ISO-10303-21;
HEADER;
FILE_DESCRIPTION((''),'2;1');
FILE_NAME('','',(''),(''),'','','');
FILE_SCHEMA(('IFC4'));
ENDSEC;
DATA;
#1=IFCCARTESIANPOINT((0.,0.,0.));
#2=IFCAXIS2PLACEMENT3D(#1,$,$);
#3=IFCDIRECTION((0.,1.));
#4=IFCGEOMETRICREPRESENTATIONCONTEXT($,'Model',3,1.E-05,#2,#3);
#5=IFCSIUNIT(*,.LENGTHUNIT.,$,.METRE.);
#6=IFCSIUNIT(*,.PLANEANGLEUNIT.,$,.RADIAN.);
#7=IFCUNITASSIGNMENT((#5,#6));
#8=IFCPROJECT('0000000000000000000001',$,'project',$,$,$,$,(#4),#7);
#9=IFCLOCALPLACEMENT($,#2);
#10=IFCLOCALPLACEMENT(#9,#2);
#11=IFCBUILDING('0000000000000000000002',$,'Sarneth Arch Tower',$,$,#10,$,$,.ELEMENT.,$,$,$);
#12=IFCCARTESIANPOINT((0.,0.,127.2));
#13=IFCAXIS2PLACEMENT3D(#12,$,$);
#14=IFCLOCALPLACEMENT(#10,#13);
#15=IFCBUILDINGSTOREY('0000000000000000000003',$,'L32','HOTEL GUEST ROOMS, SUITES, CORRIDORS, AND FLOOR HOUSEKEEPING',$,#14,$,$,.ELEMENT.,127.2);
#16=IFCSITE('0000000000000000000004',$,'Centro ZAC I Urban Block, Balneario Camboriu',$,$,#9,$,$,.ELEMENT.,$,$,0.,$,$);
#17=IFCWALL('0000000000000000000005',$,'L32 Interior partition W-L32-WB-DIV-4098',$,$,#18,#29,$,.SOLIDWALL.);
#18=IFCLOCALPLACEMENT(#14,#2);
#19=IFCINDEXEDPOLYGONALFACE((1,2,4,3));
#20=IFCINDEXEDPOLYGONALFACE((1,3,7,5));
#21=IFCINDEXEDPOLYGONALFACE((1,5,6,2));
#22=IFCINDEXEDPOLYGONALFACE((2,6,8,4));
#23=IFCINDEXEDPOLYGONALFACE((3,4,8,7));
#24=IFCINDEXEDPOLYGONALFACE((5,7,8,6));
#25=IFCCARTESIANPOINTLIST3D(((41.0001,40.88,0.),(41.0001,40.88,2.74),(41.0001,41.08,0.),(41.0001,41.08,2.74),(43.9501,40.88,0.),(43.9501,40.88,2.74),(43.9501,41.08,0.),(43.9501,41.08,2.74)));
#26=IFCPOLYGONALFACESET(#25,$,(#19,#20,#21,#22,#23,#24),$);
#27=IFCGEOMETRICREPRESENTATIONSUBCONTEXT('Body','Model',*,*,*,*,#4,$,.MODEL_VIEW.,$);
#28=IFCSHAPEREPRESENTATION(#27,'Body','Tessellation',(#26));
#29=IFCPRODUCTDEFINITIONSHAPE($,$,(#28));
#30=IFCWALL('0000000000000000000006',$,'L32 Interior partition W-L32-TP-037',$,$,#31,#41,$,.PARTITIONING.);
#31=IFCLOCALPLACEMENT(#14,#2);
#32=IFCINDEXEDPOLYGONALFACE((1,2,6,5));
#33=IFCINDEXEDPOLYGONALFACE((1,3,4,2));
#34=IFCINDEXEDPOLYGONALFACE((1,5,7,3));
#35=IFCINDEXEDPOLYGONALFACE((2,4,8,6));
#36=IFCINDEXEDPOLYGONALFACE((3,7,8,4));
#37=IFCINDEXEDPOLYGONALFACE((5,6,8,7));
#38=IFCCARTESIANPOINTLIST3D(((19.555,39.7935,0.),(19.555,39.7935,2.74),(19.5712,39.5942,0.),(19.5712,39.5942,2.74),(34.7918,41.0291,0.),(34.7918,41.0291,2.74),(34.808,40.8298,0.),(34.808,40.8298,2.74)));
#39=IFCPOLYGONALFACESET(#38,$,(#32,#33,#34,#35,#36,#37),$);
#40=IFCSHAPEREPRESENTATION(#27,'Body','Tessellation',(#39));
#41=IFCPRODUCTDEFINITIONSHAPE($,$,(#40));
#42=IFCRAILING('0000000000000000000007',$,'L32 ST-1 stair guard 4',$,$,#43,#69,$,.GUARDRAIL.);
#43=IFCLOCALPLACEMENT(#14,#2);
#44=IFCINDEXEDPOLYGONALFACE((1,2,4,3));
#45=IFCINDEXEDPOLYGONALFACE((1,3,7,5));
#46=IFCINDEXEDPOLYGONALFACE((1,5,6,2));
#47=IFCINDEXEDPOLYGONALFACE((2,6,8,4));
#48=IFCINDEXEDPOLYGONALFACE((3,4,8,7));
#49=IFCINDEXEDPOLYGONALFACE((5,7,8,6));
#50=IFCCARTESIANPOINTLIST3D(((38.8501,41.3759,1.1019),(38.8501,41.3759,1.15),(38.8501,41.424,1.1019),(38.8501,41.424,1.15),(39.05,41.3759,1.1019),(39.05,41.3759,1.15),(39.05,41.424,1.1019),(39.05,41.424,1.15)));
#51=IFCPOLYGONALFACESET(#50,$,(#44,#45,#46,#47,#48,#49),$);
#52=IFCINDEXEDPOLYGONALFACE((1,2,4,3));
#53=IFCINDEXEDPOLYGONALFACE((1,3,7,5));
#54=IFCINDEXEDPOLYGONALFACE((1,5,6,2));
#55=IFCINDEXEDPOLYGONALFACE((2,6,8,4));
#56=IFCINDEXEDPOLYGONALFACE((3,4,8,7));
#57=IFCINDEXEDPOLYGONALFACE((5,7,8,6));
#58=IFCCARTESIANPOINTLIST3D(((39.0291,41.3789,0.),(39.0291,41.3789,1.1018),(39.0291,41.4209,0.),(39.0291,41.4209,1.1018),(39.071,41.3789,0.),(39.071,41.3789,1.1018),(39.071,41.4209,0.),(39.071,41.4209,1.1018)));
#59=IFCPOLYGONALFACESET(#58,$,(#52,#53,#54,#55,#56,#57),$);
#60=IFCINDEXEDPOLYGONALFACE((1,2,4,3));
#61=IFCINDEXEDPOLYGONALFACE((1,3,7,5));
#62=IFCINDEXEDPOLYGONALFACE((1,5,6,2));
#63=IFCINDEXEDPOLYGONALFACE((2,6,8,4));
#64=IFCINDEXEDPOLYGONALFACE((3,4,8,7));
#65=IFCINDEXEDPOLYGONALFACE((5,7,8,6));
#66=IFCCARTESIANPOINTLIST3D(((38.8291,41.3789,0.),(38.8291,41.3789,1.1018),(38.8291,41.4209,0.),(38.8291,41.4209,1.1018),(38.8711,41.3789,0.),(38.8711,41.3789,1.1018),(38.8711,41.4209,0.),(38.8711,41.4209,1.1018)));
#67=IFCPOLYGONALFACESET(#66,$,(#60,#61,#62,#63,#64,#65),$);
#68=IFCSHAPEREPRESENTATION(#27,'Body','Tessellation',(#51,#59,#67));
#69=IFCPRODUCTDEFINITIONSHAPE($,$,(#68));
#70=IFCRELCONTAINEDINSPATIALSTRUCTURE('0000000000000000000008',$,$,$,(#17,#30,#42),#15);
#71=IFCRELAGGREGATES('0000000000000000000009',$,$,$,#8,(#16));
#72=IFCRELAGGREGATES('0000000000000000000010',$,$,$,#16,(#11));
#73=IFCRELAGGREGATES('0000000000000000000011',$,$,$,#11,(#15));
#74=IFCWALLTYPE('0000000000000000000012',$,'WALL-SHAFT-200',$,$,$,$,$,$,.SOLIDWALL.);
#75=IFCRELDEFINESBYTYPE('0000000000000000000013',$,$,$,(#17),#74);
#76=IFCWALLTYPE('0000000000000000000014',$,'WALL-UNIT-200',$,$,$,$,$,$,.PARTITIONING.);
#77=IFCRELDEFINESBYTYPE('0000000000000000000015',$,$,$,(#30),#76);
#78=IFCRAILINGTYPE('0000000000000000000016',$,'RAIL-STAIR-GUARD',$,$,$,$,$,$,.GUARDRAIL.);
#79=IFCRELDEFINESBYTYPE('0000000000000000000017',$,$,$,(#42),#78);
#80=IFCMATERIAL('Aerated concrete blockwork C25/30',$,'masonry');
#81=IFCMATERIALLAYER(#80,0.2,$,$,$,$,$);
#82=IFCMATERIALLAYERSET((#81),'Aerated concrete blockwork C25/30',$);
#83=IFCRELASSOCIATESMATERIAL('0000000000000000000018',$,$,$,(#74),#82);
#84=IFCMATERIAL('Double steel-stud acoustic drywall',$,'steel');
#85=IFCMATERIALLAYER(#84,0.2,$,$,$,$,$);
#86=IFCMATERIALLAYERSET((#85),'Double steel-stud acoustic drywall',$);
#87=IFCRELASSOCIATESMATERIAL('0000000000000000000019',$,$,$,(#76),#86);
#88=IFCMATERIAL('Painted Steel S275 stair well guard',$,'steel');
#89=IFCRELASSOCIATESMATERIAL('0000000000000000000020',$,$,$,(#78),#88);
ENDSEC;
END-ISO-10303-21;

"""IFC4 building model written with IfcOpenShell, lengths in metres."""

from ifc_helpers import new_model, si_unit, direction, frame, frame_2d, origin, origin_2d, place, context, subcontext, project, spatial, rectangle, extrude, material, layer, layer_set, type_object, element, save


model = new_model("IFC4")

# Units and contexts
model_context = context("Model", 3, precision=1e-05, world=origin(), true_north=direction((0.0, 1.0)))
body_context = subcontext(model_context, "Body", "Model", "MODEL_VIEW")
ifc_project = project(units=[si_unit("LENGTHUNIT", "METRE"), si_unit("PLANEANGLEUNIT", "RADIAN")], contexts=[model_context])

# Site, building, storey
site_placement = place(None, origin())
site = spatial("IfcSite", under=ifc_project, at=site_placement, Name="Centro ZAC I Urban Block, Balneario Camboriu", CompositionType="ELEMENT", RefElevation=0.0)
building_placement = place(site_placement, origin())
building = spatial("IfcBuilding", under=site, at=building_placement, Name="Sarneth Arch Tower", CompositionType="ELEMENT")
storey_placement = place(building_placement, frame((0.0, 0.0, 127.2)))
storey = spatial("IfcBuildingStorey", under=building, at=storey_placement, Name="L32", Description="HOTEL GUEST ROOMS, SUITES, CORRIDORS, AND FLOOR HOUSEKEEPING", CompositionType="ELEMENT", Elevation=127.2)

# Shared definitions
ifc_material_1 = material(Name="Aerated concrete blockwork C25/30", Category="masonry")
ifc_layer_1 = layer(ifc_material_1, 0.2)
ifc_layer_set_1 = layer_set([ifc_layer_1], Name="Aerated concrete blockwork C25/30")
wall_type_1 = type_object("IfcWallType", Name="WALL-SHAFT-200", PredefinedType="SOLIDWALL", material=ifc_layer_set_1)

# Walls
wall_1_placement = place(storey_placement, frame((41.0, 40.98, 0.0), z_axis=(0.0, 0.0, 1.0), x_axis=(1.0, 0.0, 0.0)))
element("IfcWall", 1, at=wall_1_placement, inside=storey, type_object=wall_type_1, Name="L32 Interior partition W-L32-WB-DIV-4098", PredefinedType="SOLIDWALL", context=body_context, shape_type="SweptSolid", body=[
    extrude(rectangle(XDim=2.95, YDim=0.2, at=frame_2d((1.4751, 0.0))), origin(), (0.0, 0.0, 1.0), 2.74),
])
ifc_material_2 = material(Name="Double steel-stud acoustic drywall", Category="steel")
ifc_layer_2 = layer(ifc_material_2, 0.2)
ifc_layer_set_2 = layer_set([ifc_layer_2], Name="Double steel-stud acoustic drywall")
wall_type_2 = type_object("IfcWallType", Name="WALL-UNIT-200", PredefinedType="PARTITIONING", material=ifc_layer_set_2)
wall_2_placement = place(storey_placement, frame((34.8, 40.9294, 0.0), z_axis=(0.0, 0.0, 1.0), x_axis=(-0.996728, -0.080827, 0.0)))
element("IfcWall", 2, at=wall_2_placement, inside=storey, type_object=wall_type_2, Name="L32 Interior partition W-L32-TP-037", PredefinedType="PARTITIONING", context=body_context, shape_type="SweptSolid", body=[
    extrude(rectangle(XDim=15.2869, YDim=0.2, at=frame_2d((7.6436, 0.0))), origin(), (0.0, 0.0, 1.0), 2.74),
])

# Railing
ifc_material_3 = material(Name="Painted Steel S275 stair well guard", Category="steel")
railing_type = type_object("IfcRailingType", Name="RAIL-STAIR-GUARD", PredefinedType="GUARDRAIL", material=ifc_material_3)
railing_placement = place(storey_placement, frame((39.05, 41.3999, 0.0)))
element("IfcRailing", 3, at=railing_placement, inside=storey, type_object=railing_type, Name="L32 ST-1 stair guard 4", PredefinedType="GUARDRAIL", context=body_context, shape_type="SweptSolid", body=[
    extrude(rectangle(XDim=0.0481, YDim=0.0481, at=origin_2d()), frame((0.0, 0.0, 1.126), z_axis=(-1.0, 0.0, 0.0), x_axis=(0.0, -1.0, 0.0)), (0.0, 0.0, 1.0), 0.2),
    extrude(rectangle(XDim=0.042, YDim=0.042, at=origin_2d()), origin(), (0.0, 0.0, 1.0), 1.1018),
    extrude(rectangle(XDim=0.042, YDim=0.042, at=origin_2d()), frame((-0.2, 0.0, 0.0)), (0.0, 0.0, 1.0), 1.1018),
])

save(model, "model.ifc")
